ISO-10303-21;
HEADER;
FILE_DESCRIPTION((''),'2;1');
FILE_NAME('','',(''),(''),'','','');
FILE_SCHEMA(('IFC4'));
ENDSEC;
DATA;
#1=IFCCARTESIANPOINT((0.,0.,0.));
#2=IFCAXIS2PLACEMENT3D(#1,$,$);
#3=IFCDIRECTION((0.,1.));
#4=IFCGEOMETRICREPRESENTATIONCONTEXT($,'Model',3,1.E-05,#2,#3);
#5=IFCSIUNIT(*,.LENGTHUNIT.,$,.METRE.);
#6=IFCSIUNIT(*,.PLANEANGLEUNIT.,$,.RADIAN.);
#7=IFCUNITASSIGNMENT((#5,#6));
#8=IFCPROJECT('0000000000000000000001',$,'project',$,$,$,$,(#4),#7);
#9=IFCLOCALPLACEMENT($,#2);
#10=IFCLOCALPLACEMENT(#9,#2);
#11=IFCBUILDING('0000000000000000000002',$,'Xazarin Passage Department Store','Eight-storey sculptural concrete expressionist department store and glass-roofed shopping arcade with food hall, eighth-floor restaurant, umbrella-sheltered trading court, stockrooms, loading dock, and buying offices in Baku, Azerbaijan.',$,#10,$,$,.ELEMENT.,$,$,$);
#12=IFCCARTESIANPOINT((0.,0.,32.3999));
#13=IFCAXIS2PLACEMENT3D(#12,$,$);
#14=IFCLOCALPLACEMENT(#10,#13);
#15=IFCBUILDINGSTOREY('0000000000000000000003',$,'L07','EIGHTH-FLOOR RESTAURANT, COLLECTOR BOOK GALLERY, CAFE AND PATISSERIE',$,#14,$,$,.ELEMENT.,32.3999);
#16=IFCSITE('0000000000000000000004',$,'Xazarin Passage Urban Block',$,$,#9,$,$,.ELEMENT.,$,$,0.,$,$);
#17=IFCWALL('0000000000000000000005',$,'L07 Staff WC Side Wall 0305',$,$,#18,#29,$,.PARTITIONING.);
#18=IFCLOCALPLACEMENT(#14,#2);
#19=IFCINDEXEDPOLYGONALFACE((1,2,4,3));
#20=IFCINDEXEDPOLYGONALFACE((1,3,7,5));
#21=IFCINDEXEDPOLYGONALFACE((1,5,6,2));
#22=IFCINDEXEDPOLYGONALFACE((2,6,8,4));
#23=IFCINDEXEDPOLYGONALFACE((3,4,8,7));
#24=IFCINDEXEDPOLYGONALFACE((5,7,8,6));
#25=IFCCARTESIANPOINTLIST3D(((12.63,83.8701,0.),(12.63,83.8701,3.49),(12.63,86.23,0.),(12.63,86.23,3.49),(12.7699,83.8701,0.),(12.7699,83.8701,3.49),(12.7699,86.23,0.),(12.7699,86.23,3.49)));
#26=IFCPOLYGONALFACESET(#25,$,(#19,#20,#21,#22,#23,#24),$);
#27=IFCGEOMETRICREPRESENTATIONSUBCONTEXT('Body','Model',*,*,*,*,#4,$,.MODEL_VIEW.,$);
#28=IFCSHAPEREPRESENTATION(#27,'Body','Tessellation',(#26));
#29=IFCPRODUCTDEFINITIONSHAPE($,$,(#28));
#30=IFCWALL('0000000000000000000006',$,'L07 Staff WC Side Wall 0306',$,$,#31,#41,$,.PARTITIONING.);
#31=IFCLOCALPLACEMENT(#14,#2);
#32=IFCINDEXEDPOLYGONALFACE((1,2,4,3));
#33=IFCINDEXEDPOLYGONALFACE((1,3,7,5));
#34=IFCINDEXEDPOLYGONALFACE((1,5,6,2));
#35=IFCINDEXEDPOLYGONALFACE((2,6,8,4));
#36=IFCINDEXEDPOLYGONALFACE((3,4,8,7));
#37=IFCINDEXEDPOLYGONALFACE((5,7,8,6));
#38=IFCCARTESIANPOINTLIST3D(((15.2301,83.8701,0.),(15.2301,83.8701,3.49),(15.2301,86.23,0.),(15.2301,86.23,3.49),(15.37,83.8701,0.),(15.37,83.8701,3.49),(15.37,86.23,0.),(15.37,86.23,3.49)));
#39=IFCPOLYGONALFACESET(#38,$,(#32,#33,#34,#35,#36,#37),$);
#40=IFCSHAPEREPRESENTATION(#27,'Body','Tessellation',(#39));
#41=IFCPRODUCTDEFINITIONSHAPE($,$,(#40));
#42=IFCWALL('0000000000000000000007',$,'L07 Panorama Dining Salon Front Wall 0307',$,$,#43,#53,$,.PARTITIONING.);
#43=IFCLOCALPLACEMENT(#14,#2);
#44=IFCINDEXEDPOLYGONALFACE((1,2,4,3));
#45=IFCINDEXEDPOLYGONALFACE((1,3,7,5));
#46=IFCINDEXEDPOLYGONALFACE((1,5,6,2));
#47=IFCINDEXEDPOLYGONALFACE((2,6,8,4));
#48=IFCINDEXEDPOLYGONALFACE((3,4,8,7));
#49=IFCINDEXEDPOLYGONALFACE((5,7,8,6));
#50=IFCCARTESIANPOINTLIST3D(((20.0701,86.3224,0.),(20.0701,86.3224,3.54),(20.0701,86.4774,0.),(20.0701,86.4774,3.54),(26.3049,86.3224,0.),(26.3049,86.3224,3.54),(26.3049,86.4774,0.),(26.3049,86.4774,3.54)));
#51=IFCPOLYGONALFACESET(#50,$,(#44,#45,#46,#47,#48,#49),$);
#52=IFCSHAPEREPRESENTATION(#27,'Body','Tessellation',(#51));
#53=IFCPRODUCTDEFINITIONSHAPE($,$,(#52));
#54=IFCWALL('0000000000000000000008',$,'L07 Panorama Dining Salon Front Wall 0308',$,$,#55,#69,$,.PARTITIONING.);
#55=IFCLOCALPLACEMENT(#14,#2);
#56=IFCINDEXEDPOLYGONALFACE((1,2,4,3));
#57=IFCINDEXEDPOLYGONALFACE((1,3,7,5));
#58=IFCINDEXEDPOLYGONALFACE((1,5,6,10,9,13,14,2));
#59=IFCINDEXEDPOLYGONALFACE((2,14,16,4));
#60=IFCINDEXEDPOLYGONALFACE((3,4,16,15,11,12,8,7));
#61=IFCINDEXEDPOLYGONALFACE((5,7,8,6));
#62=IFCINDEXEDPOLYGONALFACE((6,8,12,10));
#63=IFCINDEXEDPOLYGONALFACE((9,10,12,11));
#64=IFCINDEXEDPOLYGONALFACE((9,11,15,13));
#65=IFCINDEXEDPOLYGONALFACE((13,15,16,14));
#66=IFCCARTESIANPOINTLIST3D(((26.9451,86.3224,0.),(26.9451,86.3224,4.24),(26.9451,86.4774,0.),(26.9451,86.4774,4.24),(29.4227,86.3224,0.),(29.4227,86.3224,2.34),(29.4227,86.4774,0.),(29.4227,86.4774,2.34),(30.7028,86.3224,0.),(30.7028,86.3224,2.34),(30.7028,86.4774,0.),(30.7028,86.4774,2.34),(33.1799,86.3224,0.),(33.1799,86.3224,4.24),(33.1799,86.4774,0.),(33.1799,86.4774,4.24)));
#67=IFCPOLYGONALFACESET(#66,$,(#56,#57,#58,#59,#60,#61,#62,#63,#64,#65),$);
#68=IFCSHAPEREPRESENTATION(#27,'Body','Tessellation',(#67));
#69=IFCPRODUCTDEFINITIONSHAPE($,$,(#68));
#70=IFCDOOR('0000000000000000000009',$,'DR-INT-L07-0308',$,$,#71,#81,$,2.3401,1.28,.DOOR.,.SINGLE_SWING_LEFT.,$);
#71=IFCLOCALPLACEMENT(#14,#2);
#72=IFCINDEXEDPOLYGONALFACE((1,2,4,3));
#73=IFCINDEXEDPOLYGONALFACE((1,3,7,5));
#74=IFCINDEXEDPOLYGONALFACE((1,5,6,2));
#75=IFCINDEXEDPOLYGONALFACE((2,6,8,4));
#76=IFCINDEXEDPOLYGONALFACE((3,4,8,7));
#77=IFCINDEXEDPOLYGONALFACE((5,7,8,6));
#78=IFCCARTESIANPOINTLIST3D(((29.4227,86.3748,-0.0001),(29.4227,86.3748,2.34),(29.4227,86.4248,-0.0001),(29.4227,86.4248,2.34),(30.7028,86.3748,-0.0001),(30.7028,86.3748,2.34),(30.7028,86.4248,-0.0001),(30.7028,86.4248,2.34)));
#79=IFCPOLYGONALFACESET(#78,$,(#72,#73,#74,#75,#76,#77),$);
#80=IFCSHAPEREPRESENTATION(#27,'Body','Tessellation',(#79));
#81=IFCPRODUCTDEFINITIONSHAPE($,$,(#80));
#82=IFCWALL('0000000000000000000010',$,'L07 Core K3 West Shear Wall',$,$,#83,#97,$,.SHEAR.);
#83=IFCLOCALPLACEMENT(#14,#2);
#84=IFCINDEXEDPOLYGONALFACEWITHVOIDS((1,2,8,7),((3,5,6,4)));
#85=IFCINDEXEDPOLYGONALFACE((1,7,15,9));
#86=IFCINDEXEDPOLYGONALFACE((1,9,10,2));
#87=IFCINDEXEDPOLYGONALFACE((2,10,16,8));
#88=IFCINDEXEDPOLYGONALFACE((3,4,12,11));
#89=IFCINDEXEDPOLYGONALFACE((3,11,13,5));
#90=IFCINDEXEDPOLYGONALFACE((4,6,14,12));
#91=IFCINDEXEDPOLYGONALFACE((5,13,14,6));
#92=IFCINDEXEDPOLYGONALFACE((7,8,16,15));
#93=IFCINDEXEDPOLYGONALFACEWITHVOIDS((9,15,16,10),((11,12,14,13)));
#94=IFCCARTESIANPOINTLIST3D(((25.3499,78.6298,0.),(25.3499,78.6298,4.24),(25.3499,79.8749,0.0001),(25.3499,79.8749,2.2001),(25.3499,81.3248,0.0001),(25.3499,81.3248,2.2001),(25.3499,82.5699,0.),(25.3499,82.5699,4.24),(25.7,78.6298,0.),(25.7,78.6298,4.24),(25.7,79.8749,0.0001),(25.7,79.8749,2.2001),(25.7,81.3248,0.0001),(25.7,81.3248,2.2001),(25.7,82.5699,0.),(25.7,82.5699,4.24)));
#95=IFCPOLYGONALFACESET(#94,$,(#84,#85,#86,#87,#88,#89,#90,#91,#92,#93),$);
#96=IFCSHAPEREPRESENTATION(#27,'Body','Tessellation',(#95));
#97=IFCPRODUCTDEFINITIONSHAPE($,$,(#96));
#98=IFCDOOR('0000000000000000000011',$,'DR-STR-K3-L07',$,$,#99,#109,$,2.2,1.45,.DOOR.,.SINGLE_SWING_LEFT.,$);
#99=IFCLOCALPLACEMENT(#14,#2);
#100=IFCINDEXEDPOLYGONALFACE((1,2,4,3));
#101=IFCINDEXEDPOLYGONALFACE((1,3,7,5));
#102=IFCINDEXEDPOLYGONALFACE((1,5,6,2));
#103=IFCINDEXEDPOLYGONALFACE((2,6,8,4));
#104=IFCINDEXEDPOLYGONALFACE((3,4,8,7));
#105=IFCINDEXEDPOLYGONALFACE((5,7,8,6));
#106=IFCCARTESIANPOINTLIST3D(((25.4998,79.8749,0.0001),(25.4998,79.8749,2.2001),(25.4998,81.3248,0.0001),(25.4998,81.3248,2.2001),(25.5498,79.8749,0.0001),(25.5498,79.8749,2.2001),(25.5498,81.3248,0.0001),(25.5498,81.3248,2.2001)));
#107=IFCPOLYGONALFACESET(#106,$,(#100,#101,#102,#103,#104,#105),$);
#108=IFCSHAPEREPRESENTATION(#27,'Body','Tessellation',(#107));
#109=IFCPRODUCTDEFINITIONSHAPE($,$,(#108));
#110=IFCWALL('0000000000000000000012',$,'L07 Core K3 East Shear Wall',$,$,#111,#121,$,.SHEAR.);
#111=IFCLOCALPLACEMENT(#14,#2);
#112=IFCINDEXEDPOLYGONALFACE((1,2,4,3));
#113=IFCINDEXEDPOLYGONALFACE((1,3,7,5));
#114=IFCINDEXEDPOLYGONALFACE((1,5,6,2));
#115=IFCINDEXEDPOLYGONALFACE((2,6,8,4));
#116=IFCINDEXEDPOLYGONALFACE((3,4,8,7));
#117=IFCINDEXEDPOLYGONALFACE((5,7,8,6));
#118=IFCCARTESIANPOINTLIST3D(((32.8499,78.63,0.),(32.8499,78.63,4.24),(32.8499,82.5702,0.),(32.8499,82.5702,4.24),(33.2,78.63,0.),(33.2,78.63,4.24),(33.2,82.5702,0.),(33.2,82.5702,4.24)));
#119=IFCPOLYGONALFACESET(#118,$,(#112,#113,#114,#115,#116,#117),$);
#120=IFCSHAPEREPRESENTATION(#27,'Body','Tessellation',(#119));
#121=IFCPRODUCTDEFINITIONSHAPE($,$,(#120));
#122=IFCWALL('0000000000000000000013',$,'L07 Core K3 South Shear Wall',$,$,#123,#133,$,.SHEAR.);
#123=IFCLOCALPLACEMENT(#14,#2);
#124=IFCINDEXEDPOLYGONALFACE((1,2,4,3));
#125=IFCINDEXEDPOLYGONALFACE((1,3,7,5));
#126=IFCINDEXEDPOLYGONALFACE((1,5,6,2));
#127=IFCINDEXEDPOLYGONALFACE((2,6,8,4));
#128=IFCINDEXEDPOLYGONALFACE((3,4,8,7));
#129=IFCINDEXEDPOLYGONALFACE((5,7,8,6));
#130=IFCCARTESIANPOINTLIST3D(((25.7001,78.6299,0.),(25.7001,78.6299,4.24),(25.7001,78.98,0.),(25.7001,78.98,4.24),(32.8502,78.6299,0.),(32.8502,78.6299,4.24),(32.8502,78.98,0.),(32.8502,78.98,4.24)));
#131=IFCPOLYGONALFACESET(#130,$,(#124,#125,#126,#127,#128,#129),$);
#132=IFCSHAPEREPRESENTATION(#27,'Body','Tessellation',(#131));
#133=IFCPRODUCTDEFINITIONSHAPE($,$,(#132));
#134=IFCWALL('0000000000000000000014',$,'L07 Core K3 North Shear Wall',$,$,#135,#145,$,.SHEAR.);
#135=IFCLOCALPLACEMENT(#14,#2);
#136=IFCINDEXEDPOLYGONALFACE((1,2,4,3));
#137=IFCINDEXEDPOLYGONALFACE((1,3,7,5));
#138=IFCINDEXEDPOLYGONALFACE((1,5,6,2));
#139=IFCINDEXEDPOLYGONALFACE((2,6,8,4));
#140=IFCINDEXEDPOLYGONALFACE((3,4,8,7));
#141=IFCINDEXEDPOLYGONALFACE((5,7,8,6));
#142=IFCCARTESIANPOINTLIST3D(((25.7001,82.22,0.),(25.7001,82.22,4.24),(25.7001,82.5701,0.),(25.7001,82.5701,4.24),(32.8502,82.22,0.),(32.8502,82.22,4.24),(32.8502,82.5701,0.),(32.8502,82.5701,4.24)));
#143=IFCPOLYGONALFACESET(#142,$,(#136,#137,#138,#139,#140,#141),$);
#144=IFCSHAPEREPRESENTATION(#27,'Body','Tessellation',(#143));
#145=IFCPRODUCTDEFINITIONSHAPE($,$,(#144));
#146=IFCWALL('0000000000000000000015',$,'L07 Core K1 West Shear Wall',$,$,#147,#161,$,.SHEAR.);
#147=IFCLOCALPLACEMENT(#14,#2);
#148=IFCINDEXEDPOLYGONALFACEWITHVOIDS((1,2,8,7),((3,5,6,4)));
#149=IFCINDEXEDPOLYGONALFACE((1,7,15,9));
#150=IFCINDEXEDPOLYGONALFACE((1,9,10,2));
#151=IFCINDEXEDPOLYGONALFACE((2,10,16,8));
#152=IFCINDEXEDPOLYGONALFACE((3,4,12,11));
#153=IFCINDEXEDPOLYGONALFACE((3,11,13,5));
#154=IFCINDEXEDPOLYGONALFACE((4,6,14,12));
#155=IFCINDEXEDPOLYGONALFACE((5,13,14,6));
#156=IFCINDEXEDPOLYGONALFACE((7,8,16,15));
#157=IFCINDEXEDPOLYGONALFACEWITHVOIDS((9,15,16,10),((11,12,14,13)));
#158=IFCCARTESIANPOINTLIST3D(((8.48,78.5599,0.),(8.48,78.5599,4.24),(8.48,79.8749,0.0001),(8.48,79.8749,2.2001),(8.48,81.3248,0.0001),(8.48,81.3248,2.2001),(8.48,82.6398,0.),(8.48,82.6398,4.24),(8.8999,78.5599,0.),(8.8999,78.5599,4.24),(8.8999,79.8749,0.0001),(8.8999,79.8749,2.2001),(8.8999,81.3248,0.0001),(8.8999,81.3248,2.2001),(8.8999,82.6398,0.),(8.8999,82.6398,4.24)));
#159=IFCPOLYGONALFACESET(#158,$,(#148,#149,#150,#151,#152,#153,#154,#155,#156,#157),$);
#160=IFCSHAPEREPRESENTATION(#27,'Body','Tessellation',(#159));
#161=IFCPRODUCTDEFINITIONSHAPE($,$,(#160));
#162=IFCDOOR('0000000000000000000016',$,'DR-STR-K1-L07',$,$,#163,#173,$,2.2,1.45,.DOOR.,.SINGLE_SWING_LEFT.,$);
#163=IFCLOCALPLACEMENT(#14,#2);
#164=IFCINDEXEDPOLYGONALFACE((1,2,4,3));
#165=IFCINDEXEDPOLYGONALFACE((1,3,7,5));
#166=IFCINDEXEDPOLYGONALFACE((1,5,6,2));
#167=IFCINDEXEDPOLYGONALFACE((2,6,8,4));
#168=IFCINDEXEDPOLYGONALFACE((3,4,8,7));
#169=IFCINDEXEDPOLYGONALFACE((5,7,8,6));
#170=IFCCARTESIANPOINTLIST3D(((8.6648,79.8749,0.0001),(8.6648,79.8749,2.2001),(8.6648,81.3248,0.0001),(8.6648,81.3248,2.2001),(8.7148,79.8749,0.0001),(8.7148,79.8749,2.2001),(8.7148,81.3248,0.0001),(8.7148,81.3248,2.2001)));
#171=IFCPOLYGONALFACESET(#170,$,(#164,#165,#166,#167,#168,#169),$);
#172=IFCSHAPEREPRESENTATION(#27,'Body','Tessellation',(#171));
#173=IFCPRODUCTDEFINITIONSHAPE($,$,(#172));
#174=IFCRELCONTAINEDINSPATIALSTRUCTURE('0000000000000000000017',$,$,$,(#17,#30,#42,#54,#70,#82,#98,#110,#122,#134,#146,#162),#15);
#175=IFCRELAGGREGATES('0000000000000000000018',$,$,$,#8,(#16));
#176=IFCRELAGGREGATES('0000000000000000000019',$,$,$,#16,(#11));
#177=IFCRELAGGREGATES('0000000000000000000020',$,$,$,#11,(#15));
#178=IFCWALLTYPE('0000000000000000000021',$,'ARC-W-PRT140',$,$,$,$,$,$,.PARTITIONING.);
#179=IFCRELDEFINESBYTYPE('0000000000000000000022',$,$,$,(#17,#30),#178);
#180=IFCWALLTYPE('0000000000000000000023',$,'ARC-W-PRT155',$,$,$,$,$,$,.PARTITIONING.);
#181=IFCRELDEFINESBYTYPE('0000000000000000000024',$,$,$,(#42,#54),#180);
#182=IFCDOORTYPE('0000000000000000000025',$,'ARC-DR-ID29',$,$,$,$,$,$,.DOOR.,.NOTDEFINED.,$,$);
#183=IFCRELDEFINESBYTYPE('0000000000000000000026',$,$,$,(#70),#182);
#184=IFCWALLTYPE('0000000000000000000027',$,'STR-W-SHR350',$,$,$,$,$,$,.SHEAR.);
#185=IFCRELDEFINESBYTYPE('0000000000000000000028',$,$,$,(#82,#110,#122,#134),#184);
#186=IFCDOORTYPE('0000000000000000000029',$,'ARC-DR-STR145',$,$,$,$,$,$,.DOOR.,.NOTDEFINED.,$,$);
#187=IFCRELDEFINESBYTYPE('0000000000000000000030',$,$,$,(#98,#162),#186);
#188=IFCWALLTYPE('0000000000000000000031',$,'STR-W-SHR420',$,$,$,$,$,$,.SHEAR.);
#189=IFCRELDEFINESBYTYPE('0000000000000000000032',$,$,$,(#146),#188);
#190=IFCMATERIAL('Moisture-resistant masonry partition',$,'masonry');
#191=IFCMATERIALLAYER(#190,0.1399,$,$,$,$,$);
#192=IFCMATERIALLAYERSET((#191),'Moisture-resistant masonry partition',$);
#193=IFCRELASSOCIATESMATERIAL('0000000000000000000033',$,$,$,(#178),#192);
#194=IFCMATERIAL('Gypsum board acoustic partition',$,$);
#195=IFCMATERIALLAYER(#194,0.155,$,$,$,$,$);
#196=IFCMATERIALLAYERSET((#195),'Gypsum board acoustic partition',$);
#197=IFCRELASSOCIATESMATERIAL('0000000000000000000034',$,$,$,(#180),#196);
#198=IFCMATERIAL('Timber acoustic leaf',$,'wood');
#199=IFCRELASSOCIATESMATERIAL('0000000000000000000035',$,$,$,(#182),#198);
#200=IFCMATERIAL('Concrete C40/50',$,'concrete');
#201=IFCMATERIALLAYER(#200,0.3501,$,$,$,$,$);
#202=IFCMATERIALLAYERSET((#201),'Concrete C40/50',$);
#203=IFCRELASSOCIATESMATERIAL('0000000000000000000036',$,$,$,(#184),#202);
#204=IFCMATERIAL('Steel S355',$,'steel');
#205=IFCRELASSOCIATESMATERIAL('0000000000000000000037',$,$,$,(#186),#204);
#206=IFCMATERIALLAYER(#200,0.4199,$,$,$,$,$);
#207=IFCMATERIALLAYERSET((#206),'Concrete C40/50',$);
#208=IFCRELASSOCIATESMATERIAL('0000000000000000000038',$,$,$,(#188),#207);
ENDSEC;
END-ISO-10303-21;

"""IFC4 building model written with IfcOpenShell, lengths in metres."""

from ifc_helpers import new_model, si_unit, direction, frame, frame_2d, origin, place, context, subcontext, project, spatial, rectangle, extrude, material, layer, layer_set, type_object, element, fill, save


model = new_model("IFC4")

# Units and contexts
model_context = context("Model", 3, precision=1e-05, world=origin(), true_north=direction((0.0, 1.0)))
body_context = subcontext(model_context, "Body", "Model", "MODEL_VIEW")
ifc_project = project(units=[si_unit("LENGTHUNIT", "METRE"), si_unit("PLANEANGLEUNIT", "RADIAN")], contexts=[model_context])

# Site, building, storey
site_placement = place(None, origin())
site = spatial("IfcSite", under=ifc_project, at=site_placement, Name="Xazarin Passage Urban Block", CompositionType="ELEMENT", RefElevation=0.0)
building_placement = place(site_placement, origin())
building = spatial("IfcBuilding", under=site, at=building_placement, Name="Xazarin Passage Department Store", Description="Eight-storey sculptural concrete expressionist department store and glass-roofed shopping arcade with food hall, eighth-floor restaurant, umbrella-sheltered trading court, stockrooms, loading dock, and buying offices in Baku, Azerbaijan.", CompositionType="ELEMENT")
storey_placement = place(building_placement, frame((0.0, 0.0, 32.3999)))
storey = spatial("IfcBuildingStorey", under=building, at=storey_placement, Name="L07", Description="EIGHTH-FLOOR RESTAURANT, COLLECTOR BOOK GALLERY, CAFE AND PATISSERIE", CompositionType="ELEMENT", Elevation=32.3999)

# Shared definitions
ifc_material_1 = material(Name="Concrete C40/50", Category="concrete")

# Shared definitions
ifc_material_2 = material(Name="Moisture-resistant masonry partition", Category="masonry")
ifc_layer_1 = layer(ifc_material_2, 0.1399)
ifc_layer_set_1 = layer_set([ifc_layer_1], Name="Moisture-resistant masonry partition")
wall_type_1 = type_object("IfcWallType", Name="ARC-W-PRT140", PredefinedType="PARTITIONING", material=ifc_layer_set_1)

# Shared definitions
ifc_material_3 = material(Name="Timber acoustic leaf", Category="wood")

# Walls
for number, where, z_axis, x_axis, name in (
    (1, (12.7, 83.8701, 0.0), (0.0, 0.0, 1.0), (0.0, 1.0, 0.0), "L07 Staff WC Side Wall 0305"),
    (2, (15.3, 83.8701, 0.0), (0.0, 0.0, 1.0), (0.0, 1.0, 0.0), "L07 Staff WC Side Wall 0306"),
):
    element("IfcWall", number, at=place(storey_placement, frame(where, z_axis=z_axis, x_axis=x_axis)), inside=storey, type_object=wall_type_1, Name=name, PredefinedType="PARTITIONING", context=body_context, shape_type="SweptSolid", body=[
        extrude(rectangle(XDim=2.3599, YDim=0.1399, at=frame_2d((1.1799, 0.0))), origin(), (0.0, 0.0, 1.0), 3.49),
    ])
ifc_material_4 = material(Name="Gypsum board acoustic partition")
ifc_layer_2 = layer(ifc_material_4, 0.155)
ifc_layer_set_2 = layer_set([ifc_layer_2], Name="Gypsum board acoustic partition")
wall_type_2 = type_object("IfcWallType", Name="ARC-W-PRT155", PredefinedType="PARTITIONING", material=ifc_layer_set_2)
wall_1_placement = place(storey_placement, frame((20.0701, 86.3999, 0.0), z_axis=(0.0, 0.0, 1.0), x_axis=(1.0, 0.0, 0.0)))
element("IfcWall", 3, at=wall_1_placement, inside=storey, type_object=wall_type_2, Name="L07 Panorama Dining Salon Front Wall 0307", PredefinedType="PARTITIONING", context=body_context, shape_type="SweptSolid", body=[
    extrude(rectangle(XDim=6.2349, YDim=0.155, at=frame_2d((3.1174, 0.0))), origin(), (0.0, 0.0, 1.0), 3.54),
])

# Walls, openings, doors
wall_2_placement = place(storey_placement, frame((26.9451, 86.3999, 0.0), z_axis=(0.0, 0.0, 1.0), x_axis=(1.0, 0.0, 0.0)))
wall_2 = element("IfcWall", 4, at=wall_2_placement, inside=storey, type_object=wall_type_2, Name="L07 Panorama Dining Salon Front Wall 0308", PredefinedType="PARTITIONING", context=body_context, shape_type="SweptSolid", body=[
    extrude(rectangle(XDim=6.2349, YDim=0.155, at=frame_2d((3.1174, 0.0))), origin(), (0.0, 0.0, 1.0), 4.24),
])
opening_1_placement = place(wall_2_placement, frame((2.4775, 0.0, 0.0)))
opening_1 = element("IfcOpeningElement", 5, at=opening_1_placement, cuts=wall_2, PredefinedType="OPENING", context=body_context, shape_type="SweptSolid", body=[
    extrude(rectangle(XDim=1.28, YDim=2.3401, at=frame_2d((0.6401, 1.1699))), frame((0.0, 0.0874, 0.0), z_axis=(0.0, -1.0, 0.0), x_axis=(1.0, 0.0, 0.0)), (0.0, 0.0, 1.0), 0.175),
])
door_type_1 = type_object("IfcDoorType", Name="ARC-DR-ID29", OperationType="NOTDEFINED", PredefinedType="DOOR", material=ifc_material_3)
door_1_placement = place(opening_1_placement, origin())
door_1 = element("IfcDoor", 6, at=door_1_placement, inside=storey, type_object=door_type_1, Name="DR-INT-L07-0308", OperationType="SINGLE_SWING_LEFT", OverallHeight=2.3401, OverallWidth=1.28, PredefinedType="DOOR", context=body_context, shape_type="SweptSolid", body=[
    extrude(rectangle(XDim=1.28, YDim=2.3401, at=frame_2d((0.6401, 1.1699))), frame((0.0, 0.0249, 0.0), z_axis=(0.0, -1.0, 0.0), x_axis=(1.0, 0.0, 0.0)), (0.0, 0.0, 1.0), 0.05),
])
fill(opening_1, door_1)
ifc_layer_3 = layer(ifc_material_1, 0.3501)
ifc_layer_set_3 = layer_set([ifc_layer_3], Name="Concrete C40/50")
wall_type_3 = type_object("IfcWallType", Name="STR-W-SHR350", PredefinedType="SHEAR", material=ifc_layer_set_3)
wall_3_placement = place(storey_placement, frame((25.5249, 82.5701, 0.0), z_axis=(0.0, 0.0, 1.0), x_axis=(0.0, -1.0, 0.0)))
wall_3 = element("IfcWall", 7, at=wall_3_placement, inside=storey, type_object=wall_type_3, Name="L07 Core K3 West Shear Wall", PredefinedType="SHEAR", context=body_context, shape_type="SweptSolid", body=[
    extrude(rectangle(XDim=3.9402, YDim=0.3501, at=frame_2d((1.9702, 0.0))), origin(), (0.0, 0.0, 1.0), 4.24),
])
opening_2_placement = place(wall_3_placement, frame((1.2451, 0.0, 0.0)))
opening_2 = element("IfcOpeningElement", 8, at=opening_2_placement, cuts=wall_3, PredefinedType="OPENING", context=body_context, shape_type="SweptSolid", body=[
    extrude(rectangle(XDim=1.45, YDim=2.2, at=frame_2d((0.7251, 1.1001))), frame((0.0, 0.1851, 0.0), z_axis=(0.0, -1.0, 0.0), x_axis=(1.0, 0.0, 0.0)), (0.0, 0.0, 1.0), 0.3701),
])
ifc_material_5 = material(Name="Steel S355", Category="steel")
door_type_2 = type_object("IfcDoorType", Name="ARC-DR-STR145", OperationType="NOTDEFINED", PredefinedType="DOOR", material=ifc_material_5)
door_2_placement = place(opening_2_placement, origin())
door_2 = element("IfcDoor", 9, at=door_2_placement, inside=storey, type_object=door_type_2, Name="DR-STR-K3-L07", OperationType="SINGLE_SWING_LEFT", OverallHeight=2.2, OverallWidth=1.45, PredefinedType="DOOR", context=body_context, shape_type="SweptSolid", body=[
    extrude(rectangle(XDim=1.45, YDim=2.2, at=frame_2d((0.7251, 1.1001))), frame((0.0, 0.0249, 0.0), z_axis=(0.0, -1.0, 0.0), x_axis=(1.0, 0.0, 0.0)), (0.0, 0.0, 1.0), 0.05),
])
fill(opening_2, door_2)

# Walls
wall_4_placement = place(storey_placement, frame((33.0249, 78.6299, 0.0), z_axis=(0.0, 0.0, 1.0), x_axis=(0.0, 1.0, 0.0)))
element("IfcWall", 10, at=wall_4_placement, inside=storey, type_object=wall_type_3, Name="L07 Core K3 East Shear Wall", PredefinedType="SHEAR", context=body_context, shape_type="SweptSolid", body=[
    extrude(rectangle(XDim=3.9402, YDim=0.3501, at=frame_2d((1.9702, 0.0))), origin(), (0.0, 0.0, 1.0), 4.24),
])
for number, where, z_axis, x_axis, name in (
    (11, (25.7, 78.8049, 0.0), (0.0, 0.0, 1.0), (1.0, 0.0, 0.0), "L07 Core K3 South Shear Wall"),
    (12, (25.7, 82.395, 0.0), (0.0, 0.0, 1.0), (1.0, 0.0, 0.0), "L07 Core K3 North Shear Wall"),
):
    element("IfcWall", number, at=place(storey_placement, frame(where, z_axis=z_axis, x_axis=x_axis)), inside=storey, type_object=wall_type_3, Name=name, PredefinedType="SHEAR", context=body_context, shape_type="SweptSolid", body=[
        extrude(rectangle(XDim=7.1501, YDim=0.3501, at=frame_2d((3.5752, 0.0))), origin(), (0.0, 0.0, 1.0), 4.24),
    ])

# Wall, opening, door
ifc_layer_4 = layer(ifc_material_1, 0.4199)
ifc_layer_set_4 = layer_set([ifc_layer_4], Name="Concrete C40/50")
wall_type_4 = type_object("IfcWallType", Name="STR-W-SHR420", PredefinedType="SHEAR", material=ifc_layer_set_4)
wall_5_placement = place(storey_placement, frame((8.6899, 82.6399, 0.0), z_axis=(0.0, 0.0, 1.0), x_axis=(0.0, -1.0, 0.0)))
wall_5 = element("IfcWall", 13, at=wall_5_placement, inside=storey, type_object=wall_type_4, Name="L07 Core K1 West Shear Wall", PredefinedType="SHEAR", context=body_context, shape_type="SweptSolid", body=[
    extrude(rectangle(XDim=4.0798, YDim=0.4199, at=frame_2d((2.04, 0.0))), origin(), (0.0, 0.0, 1.0), 4.24),
])
opening_3_placement = place(wall_5_placement, frame((1.3149, 0.0, 0.0)))
opening_3 = element("IfcOpeningElement", 14, at=opening_3_placement, cuts=wall_5, PredefinedType="OPENING", context=body_context, shape_type="SweptSolid", body=[
    extrude(rectangle(XDim=1.45, YDim=2.2, at=frame_2d((0.7251, 1.1001))), frame((0.0, 0.22, 0.0), z_axis=(0.0, -1.0, 0.0), x_axis=(1.0, 0.0, 0.0)), (0.0, 0.0, 1.0), 0.4399),
])
door_3_placement = place(opening_3_placement, origin())
door_3 = element("IfcDoor", 15, at=door_3_placement, inside=storey, type_object=door_type_2, Name="DR-STR-K1-L07", OperationType="SINGLE_SWING_LEFT", OverallHeight=2.2, OverallWidth=1.45, PredefinedType="DOOR", context=body_context, shape_type="SweptSolid", body=[
    extrude(rectangle(XDim=1.45, YDim=2.2, at=frame_2d((0.7251, 1.1001))), frame((0.0, 0.0249, 0.0), z_axis=(0.0, -1.0, 0.0), x_axis=(1.0, 0.0, 0.0)), (0.0, 0.0, 1.0), 0.05),
])
fill(opening_3, door_3)

save(model, "model.ifc")
